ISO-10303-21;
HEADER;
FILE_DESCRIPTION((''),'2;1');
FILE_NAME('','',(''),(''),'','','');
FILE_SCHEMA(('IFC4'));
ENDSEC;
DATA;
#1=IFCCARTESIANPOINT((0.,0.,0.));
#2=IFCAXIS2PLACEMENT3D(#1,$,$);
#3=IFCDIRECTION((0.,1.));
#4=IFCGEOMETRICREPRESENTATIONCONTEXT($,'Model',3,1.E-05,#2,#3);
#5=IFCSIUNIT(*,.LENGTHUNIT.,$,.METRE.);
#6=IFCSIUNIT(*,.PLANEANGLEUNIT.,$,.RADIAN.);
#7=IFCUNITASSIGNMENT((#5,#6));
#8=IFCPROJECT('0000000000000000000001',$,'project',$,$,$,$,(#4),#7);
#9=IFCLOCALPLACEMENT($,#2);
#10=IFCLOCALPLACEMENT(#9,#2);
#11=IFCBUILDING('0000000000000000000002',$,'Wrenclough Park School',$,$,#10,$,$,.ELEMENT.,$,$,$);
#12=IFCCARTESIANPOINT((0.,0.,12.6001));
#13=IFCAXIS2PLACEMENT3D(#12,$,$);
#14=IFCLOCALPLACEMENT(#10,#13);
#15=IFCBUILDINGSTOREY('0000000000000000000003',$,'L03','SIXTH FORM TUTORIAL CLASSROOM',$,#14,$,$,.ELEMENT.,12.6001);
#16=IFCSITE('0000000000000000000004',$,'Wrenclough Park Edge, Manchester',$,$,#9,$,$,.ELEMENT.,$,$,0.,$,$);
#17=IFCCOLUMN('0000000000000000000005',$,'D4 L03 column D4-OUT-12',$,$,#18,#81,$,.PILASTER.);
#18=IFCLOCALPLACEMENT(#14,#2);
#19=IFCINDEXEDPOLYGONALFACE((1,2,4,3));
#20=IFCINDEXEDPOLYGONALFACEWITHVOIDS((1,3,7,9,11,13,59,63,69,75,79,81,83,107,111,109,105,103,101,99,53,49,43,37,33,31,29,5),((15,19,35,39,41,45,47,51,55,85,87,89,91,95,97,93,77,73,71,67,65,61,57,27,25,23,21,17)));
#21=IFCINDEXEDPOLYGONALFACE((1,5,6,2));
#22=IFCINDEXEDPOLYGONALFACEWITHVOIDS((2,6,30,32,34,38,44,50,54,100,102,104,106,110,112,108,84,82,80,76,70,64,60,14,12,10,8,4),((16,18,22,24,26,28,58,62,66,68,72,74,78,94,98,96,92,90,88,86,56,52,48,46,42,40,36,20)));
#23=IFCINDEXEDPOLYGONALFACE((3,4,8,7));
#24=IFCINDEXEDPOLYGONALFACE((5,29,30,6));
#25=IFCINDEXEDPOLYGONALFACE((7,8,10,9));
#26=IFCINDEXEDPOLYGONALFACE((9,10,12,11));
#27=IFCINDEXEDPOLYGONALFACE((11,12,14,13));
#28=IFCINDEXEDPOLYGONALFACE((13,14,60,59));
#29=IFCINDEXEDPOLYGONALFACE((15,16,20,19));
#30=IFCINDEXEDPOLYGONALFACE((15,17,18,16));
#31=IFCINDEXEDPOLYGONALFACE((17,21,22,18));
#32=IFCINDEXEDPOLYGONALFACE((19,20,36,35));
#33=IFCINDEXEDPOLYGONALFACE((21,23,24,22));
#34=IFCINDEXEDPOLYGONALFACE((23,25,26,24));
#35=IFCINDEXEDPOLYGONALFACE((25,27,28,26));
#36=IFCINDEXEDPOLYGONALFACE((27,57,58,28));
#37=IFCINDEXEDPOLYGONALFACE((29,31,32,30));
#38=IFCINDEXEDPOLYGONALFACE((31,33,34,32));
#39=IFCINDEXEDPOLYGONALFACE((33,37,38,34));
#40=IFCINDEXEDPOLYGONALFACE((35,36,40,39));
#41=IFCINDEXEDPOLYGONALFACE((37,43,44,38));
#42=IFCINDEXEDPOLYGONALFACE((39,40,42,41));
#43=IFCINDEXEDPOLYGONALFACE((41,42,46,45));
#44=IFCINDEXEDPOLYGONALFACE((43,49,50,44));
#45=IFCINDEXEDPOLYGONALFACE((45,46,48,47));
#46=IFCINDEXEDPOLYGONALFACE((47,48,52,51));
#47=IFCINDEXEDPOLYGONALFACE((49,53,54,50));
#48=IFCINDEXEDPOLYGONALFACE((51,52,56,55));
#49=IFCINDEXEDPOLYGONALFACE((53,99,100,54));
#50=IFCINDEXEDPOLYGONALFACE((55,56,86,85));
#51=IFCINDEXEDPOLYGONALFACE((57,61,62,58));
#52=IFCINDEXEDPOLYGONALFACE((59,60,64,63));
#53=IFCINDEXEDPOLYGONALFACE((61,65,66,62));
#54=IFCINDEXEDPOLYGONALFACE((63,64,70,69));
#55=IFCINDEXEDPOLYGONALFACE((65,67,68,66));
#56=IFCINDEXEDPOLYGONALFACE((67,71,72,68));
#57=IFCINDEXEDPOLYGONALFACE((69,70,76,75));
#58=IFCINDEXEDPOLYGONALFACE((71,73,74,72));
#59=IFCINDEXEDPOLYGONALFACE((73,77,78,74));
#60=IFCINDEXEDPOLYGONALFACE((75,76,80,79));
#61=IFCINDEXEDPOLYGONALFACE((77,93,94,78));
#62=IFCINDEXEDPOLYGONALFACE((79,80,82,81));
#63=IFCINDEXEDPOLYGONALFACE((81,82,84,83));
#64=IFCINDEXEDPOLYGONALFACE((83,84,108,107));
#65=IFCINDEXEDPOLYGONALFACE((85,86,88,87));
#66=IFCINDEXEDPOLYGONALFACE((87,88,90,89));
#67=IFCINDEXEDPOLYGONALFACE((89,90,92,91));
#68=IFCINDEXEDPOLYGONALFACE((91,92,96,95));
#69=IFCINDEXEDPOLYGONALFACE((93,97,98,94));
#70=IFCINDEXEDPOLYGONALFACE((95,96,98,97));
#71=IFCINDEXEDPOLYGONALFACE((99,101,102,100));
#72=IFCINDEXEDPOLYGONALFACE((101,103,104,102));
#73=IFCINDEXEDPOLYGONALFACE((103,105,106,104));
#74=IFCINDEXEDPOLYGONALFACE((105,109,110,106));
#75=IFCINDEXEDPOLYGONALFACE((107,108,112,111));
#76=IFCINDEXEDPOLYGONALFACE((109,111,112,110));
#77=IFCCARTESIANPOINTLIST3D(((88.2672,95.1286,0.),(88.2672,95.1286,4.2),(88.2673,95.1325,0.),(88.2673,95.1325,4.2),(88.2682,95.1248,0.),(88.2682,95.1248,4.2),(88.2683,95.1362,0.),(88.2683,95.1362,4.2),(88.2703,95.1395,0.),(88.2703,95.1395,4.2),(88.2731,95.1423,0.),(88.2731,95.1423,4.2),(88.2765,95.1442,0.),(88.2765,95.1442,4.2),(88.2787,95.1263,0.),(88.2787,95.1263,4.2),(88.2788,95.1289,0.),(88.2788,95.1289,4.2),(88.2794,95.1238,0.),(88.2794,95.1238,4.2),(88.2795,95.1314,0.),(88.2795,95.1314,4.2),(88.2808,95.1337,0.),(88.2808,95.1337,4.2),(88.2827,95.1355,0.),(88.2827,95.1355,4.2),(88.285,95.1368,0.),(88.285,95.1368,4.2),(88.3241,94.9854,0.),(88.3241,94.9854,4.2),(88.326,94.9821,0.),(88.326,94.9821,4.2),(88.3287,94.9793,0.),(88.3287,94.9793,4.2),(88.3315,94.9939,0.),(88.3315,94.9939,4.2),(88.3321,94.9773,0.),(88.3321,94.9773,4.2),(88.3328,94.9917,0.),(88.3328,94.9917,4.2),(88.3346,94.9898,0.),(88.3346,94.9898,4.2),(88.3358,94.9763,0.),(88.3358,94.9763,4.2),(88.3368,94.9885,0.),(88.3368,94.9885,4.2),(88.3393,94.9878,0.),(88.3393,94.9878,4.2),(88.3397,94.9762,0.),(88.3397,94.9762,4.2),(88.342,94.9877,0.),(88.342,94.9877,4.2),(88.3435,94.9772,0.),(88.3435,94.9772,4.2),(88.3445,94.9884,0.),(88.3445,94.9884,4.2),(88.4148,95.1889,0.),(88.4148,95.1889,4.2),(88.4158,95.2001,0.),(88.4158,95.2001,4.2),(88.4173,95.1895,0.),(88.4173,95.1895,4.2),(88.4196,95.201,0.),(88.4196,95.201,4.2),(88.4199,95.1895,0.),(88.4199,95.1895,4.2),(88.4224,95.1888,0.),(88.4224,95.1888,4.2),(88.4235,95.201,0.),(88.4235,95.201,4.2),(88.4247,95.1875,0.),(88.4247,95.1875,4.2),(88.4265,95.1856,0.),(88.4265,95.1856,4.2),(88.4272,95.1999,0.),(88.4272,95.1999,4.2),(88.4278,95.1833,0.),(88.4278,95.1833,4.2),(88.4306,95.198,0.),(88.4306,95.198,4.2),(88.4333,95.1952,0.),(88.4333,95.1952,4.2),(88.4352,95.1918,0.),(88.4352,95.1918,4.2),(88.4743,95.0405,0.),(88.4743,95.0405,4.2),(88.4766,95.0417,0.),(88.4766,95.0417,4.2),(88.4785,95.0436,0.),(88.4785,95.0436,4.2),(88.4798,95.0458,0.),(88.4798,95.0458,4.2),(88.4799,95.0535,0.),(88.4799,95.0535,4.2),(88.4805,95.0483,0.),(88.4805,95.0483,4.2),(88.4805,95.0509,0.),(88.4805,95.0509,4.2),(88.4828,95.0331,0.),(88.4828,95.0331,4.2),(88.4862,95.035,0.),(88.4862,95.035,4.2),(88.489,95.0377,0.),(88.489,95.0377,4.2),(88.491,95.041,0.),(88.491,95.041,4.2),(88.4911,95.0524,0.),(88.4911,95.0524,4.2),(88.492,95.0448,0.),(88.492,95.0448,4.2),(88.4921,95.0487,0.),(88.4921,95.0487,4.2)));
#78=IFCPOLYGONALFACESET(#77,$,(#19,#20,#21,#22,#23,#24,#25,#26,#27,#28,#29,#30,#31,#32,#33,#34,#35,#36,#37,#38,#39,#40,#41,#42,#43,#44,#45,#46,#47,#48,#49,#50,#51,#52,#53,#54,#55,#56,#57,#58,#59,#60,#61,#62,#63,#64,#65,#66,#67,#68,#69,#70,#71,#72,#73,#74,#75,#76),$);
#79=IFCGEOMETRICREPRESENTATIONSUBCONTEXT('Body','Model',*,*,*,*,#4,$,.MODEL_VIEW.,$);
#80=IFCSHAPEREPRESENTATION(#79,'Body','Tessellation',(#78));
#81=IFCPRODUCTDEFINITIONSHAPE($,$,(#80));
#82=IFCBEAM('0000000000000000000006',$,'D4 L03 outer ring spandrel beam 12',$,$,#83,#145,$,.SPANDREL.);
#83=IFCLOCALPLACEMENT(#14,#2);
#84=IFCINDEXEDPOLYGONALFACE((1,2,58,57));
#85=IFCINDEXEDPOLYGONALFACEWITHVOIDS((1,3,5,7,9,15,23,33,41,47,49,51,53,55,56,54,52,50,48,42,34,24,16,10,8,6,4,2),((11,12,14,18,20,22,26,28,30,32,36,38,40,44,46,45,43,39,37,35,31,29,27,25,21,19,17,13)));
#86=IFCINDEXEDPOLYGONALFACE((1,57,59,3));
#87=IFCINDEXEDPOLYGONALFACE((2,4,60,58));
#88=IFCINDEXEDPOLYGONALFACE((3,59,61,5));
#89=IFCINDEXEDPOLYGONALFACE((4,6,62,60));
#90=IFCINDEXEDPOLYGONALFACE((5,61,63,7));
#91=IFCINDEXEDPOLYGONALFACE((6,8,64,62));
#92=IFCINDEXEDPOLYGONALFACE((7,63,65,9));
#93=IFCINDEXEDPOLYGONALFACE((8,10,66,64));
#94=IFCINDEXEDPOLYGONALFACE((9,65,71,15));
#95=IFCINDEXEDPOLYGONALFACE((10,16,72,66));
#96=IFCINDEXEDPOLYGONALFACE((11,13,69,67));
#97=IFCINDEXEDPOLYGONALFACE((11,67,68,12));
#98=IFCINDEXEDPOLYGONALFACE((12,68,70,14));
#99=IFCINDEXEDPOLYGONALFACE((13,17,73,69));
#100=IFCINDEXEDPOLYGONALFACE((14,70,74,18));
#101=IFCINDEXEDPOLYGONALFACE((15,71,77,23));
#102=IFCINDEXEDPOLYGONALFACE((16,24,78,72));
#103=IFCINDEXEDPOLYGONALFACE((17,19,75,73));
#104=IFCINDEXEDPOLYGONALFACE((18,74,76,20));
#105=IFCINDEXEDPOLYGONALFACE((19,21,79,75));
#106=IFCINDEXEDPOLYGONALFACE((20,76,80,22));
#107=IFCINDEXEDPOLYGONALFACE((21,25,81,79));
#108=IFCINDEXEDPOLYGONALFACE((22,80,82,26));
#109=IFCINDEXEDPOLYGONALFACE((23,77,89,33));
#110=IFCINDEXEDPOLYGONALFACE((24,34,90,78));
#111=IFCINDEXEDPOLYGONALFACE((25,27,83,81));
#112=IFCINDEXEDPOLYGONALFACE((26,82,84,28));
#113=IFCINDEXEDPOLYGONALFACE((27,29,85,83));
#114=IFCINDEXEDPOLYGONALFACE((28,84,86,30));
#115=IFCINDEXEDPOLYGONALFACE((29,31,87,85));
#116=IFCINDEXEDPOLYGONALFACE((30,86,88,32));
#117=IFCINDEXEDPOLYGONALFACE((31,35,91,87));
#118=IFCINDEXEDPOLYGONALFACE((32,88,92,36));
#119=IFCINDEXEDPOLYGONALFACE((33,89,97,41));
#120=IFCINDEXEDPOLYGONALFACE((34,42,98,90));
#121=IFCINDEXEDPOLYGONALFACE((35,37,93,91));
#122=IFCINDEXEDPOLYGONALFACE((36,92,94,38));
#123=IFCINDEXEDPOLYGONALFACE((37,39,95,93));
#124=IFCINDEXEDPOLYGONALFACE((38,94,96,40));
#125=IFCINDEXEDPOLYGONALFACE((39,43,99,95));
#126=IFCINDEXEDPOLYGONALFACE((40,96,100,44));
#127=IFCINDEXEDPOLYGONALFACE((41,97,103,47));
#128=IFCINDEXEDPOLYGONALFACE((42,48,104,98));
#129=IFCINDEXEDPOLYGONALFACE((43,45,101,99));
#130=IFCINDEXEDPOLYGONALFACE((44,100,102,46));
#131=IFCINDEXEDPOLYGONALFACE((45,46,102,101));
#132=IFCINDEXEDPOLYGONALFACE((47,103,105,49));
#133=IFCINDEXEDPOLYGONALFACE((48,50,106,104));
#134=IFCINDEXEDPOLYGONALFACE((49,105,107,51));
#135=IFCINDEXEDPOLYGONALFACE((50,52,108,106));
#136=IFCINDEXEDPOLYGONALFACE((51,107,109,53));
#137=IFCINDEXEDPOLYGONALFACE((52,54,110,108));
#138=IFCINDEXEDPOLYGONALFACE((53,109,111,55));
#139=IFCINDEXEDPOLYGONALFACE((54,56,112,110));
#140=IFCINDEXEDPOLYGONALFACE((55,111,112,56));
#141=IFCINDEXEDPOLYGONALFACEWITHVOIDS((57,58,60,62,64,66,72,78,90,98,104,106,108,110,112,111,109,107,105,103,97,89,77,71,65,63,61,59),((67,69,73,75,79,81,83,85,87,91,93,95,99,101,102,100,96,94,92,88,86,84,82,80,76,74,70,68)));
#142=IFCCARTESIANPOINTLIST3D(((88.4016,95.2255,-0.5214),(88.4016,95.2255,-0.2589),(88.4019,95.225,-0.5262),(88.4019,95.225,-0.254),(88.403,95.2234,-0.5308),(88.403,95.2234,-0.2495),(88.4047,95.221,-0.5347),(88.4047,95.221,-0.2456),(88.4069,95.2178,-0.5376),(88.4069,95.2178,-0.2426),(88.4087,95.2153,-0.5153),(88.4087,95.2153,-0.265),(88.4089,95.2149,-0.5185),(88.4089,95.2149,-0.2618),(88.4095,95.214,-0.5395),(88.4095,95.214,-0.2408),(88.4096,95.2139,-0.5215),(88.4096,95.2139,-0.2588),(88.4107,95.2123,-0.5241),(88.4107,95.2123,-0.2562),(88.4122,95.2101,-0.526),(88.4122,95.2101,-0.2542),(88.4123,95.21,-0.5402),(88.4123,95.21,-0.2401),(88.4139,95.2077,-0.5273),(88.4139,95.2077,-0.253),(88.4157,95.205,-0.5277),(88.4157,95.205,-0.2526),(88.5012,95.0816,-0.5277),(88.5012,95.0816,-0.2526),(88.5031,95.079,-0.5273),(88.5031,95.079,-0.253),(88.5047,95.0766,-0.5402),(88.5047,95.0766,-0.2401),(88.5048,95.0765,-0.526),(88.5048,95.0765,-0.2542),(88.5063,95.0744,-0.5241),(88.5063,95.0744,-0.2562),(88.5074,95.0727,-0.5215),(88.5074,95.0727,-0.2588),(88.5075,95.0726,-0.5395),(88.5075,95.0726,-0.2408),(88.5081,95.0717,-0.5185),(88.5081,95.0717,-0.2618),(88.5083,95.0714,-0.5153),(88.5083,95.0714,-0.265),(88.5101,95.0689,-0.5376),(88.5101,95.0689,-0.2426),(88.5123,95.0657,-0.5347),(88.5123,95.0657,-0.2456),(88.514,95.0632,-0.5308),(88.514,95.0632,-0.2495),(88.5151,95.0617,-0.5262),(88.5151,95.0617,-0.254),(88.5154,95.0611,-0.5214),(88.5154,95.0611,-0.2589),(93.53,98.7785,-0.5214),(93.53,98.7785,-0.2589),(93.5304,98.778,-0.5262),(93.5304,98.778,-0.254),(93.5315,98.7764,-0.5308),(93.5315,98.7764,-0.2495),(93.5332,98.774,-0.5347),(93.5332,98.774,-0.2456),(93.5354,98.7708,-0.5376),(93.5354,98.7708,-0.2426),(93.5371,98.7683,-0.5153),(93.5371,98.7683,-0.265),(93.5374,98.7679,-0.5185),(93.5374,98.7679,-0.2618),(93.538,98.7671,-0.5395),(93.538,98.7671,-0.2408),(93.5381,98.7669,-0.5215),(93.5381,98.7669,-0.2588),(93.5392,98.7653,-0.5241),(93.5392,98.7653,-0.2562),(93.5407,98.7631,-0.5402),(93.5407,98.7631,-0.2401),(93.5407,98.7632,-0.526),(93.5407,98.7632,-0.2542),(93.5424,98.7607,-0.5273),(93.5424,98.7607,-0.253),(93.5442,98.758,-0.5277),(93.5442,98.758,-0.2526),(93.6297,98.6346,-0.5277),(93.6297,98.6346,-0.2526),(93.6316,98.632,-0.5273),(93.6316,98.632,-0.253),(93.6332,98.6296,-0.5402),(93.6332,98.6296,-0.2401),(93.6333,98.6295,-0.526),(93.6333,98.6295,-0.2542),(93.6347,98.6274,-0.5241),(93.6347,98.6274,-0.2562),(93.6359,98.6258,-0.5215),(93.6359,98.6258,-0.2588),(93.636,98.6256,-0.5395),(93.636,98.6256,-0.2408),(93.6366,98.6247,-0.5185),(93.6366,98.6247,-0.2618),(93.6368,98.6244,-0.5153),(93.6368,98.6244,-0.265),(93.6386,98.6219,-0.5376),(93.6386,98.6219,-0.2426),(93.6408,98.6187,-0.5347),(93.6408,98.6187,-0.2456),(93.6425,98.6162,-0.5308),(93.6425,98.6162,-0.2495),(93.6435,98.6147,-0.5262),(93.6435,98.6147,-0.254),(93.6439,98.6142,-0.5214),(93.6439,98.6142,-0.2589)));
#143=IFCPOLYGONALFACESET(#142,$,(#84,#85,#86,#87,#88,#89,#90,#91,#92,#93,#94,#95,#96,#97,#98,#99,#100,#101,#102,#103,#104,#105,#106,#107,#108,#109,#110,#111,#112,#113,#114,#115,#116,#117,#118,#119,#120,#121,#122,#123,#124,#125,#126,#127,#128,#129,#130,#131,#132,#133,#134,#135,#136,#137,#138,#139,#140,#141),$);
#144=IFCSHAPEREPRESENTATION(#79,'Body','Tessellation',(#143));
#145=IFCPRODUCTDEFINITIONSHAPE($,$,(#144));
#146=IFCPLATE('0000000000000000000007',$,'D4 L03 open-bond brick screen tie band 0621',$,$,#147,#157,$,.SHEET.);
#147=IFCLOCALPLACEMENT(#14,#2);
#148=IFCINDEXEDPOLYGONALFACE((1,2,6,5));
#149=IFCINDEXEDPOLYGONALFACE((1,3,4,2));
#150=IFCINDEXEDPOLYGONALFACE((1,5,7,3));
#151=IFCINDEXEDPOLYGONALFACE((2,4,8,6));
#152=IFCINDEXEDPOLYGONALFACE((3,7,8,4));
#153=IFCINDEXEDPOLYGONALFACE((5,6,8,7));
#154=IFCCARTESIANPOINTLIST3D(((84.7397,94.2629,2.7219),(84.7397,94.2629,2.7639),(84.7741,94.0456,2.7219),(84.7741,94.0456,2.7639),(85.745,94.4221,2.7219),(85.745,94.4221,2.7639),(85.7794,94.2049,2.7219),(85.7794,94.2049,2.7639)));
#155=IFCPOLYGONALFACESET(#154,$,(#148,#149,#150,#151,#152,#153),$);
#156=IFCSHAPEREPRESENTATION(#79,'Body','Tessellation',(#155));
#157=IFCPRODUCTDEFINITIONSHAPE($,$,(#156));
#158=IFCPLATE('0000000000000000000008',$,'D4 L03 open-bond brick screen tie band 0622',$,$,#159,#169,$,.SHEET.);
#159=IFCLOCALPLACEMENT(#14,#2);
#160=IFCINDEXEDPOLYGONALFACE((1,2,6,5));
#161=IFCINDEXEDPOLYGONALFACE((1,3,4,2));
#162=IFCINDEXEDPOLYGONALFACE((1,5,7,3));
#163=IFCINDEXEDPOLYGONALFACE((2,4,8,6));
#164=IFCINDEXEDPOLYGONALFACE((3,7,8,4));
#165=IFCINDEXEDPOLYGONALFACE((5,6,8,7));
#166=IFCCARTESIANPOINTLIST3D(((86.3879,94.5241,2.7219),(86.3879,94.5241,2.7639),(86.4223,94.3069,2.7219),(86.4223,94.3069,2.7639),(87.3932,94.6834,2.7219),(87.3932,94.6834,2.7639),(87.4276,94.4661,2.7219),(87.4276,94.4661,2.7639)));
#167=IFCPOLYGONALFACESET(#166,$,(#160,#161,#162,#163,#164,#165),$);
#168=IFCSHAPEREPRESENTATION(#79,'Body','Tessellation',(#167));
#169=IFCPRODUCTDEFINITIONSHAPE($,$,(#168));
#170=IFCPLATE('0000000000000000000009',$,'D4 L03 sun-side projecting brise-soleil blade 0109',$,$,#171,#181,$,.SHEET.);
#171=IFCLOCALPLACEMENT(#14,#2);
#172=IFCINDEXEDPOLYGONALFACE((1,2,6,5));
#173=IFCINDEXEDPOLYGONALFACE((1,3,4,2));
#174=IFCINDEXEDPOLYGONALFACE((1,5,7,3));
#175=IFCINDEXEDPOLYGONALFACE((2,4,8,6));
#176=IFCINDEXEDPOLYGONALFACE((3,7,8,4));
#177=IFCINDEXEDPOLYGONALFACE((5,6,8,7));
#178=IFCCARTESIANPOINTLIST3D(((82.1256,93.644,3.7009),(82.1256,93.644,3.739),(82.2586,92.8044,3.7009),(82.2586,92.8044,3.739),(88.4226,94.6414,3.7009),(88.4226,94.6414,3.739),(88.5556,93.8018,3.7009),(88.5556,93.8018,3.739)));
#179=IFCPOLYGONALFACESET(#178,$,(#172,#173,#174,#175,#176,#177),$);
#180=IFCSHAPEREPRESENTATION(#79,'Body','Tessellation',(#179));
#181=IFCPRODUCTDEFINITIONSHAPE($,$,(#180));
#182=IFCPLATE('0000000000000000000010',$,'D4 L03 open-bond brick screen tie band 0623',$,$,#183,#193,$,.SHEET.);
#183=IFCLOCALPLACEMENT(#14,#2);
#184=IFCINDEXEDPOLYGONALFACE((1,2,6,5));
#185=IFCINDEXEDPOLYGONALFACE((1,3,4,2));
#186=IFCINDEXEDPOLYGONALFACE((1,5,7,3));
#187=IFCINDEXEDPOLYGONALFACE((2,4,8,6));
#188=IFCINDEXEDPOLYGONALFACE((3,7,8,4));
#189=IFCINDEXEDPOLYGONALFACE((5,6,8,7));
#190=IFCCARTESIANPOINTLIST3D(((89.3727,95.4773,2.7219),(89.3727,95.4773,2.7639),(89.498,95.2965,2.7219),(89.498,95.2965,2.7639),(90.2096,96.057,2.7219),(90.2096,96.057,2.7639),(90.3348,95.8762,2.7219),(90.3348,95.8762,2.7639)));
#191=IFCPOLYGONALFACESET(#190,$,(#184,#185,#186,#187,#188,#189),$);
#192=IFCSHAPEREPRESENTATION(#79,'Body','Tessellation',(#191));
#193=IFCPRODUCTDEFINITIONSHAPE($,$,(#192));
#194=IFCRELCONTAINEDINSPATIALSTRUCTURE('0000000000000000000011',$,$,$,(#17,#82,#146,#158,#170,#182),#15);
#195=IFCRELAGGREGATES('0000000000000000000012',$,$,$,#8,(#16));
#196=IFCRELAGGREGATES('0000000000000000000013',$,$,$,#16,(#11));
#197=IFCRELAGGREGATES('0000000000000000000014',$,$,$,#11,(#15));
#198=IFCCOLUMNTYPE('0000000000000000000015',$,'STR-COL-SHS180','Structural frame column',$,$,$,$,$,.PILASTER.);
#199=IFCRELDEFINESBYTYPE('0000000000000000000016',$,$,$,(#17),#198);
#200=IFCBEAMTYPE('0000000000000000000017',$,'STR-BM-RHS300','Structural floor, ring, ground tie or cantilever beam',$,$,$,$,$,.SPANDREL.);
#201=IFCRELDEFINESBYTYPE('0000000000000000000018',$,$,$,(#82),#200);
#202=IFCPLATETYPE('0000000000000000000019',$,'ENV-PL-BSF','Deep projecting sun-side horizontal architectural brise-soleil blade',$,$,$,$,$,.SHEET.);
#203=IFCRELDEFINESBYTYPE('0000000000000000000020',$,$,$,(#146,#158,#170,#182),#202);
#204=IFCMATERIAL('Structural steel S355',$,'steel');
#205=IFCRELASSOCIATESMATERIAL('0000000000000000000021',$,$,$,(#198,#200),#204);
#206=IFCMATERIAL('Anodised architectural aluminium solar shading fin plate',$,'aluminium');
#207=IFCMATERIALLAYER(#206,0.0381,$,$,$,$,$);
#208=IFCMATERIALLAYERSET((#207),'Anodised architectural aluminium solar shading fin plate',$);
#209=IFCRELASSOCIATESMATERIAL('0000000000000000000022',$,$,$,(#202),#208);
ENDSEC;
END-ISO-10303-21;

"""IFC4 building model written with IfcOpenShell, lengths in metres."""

from ifc_helpers import new_model, si_unit, direction, frame, origin, origin_2d, place, context, subcontext, project, spatial, rectangle, hollow_rectangle, extrude, material, layer, layer_set, material_profile, profile_set, type_object, element, save


model = new_model("IFC4")

# Units and contexts
model_context = context("Model", 3, precision=1e-05, world=origin(), true_north=direction((0.0, 1.0)))
body_context = subcontext(model_context, "Body", "Model", "MODEL_VIEW")
ifc_project = project(units=[si_unit("LENGTHUNIT", "METRE"), si_unit("PLANEANGLEUNIT", "RADIAN")], contexts=[model_context])

# Site, building, storey
site_placement = place(None, origin())
site = spatial("IfcSite", under=ifc_project, at=site_placement, Name="Wrenclough Park Edge, Manchester", CompositionType="ELEMENT", RefElevation=0.0)
building_placement = place(site_placement, origin())
building = spatial("IfcBuilding", under=site, at=building_placement, Name="Wrenclough Park School", CompositionType="ELEMENT")
storey_placement = place(building_placement, frame((0.0, 0.0, 12.6001)))
storey = spatial("IfcBuildingStorey", under=building, at=storey_placement, Name="L03", Description="SIXTH FORM TUTORIAL CLASSROOM", CompositionType="ELEMENT", Elevation=12.6001)

# Column
ifc_material_1 = material(Name="Structural steel S355", Category="steel")
ifc_material_profile_1 = material_profile(ifc_material_1, hollow_rectangle(XDim=0.1799, YDim=0.1799, WallThickness=0.01, InnerFilletRadius=0.01, OuterFilletRadius=0.0149, at=origin_2d()), Name="SHS 180x180x10.0")
ifc_profile_set_1 = profile_set([ifc_material_profile_1], Name="Structural steel S355")
column_type = type_object("IfcColumnType", Name="STR-COL-SHS180", Description="Structural frame column", PredefinedType="PILASTER", material=ifc_profile_set_1)
column_placement = place(storey_placement, frame((88.3796, 95.0886, 0.0), z_axis=(0.0, 0.0, 1.0), x_axis=(0.928096, 0.37234, 0.0)))
element("IfcColumn", 1, at=column_placement, inside=storey, type_object=column_type, Name="D4 L03 column D4-OUT-12", PredefinedType="PILASTER", context=body_context, shape_type="SweptSolid", body=[
    extrude(hollow_rectangle(XDim=0.1799, YDim=0.1799, WallThickness=0.01, InnerFilletRadius=0.01, OuterFilletRadius=0.0149, at=origin_2d()), origin(), (0.0, 0.0, 1.0), 4.2),
])

# Beam
ifc_material_profile_2 = material_profile(ifc_material_1, hollow_rectangle(XDim=0.2, YDim=0.3, WallThickness=0.0125, InnerFilletRadius=0.0125, OuterFilletRadius=0.0188, at=origin_2d()), Name="RHS 300x200x12.5")
ifc_profile_set_2 = profile_set([ifc_material_profile_2], Name="Structural steel S355")
beam_type = type_object("IfcBeamType", Name="STR-BM-RHS300", Description="Structural floor, ring, ground tie or cantilever beam", PredefinedType="SPANDREL", material=ifc_profile_set_2)
beam_placement = place(storey_placement, frame((88.4585, 95.1433, -0.3901), z_axis=(0.822002, 0.569485, 0.0), x_axis=(-0.569485, 0.822002, 0.0)))
element("IfcBeam", 2, at=beam_placement, inside=storey, type_object=beam_type, Name="D4 L03 outer ring spandrel beam 12", PredefinedType="SPANDREL", context=body_context, shape_type="SweptSolid", body=[
    extrude(hollow_rectangle(XDim=0.2, YDim=0.3, WallThickness=0.0125, InnerFilletRadius=0.0125, OuterFilletRadius=0.0188, at=origin_2d()), origin(), (0.0, 0.0, 1.0), 6.239),
])

# Plates
ifc_material_2 = material(Name="Anodised architectural aluminium solar shading fin plate", Category="aluminium")
ifc_layer_1 = layer(ifc_material_2, 0.0381)
ifc_layer_set_1 = layer_set([ifc_layer_1], Name="Anodised architectural aluminium solar shading fin plate")
plate_type = type_object("IfcPlateType", Name="ENV-PL-BSF", Description="Deep projecting sun-side horizontal architectural brise-soleil blade", PredefinedType="SHEET", material=ifc_layer_set_1)
for number, where, z_axis, x_axis, name in (
    (3, (85.2595, 94.2339, 2.7219), (0.0, 0.0, 1.0), (0.987688, 0.156436, 0.0), "D4 L03 open-bond brick screen tie band 0621"),
    (4, (86.9077, 94.4951, 2.7219), (0.0, 0.0, 1.0), (0.987688, 0.156436, 0.0), "D4 L03 open-bond brick screen tie band 0622"),
):
    element("IfcPlate", number, at=place(storey_placement, frame(where, z_axis=z_axis, x_axis=x_axis)), inside=storey, type_object=plate_type, Name=name, PredefinedType="SHEET", context=body_context, shape_type="SweptSolid", body=[
        extrude(rectangle(XDim=1.0178, YDim=0.22, at=origin_2d()), origin(), (0.0, 0.0, 1.0), 0.042),
    ])
plate_1_placement = place(storey_placement, frame((85.3406, 93.7229, 3.7009), z_axis=(0.0, 0.0, 1.0), x_axis=(0.987688, 0.156436, 0.0)))
element("IfcPlate", 5, at=plate_1_placement, inside=storey, type_object=plate_type, Name="D4 L03 sun-side projecting brise-soleil blade 0109", PredefinedType="SHEET", context=body_context, shape_type="SweptSolid", body=[
    extrude(rectangle(XDim=6.3755, YDim=0.8501, at=origin_2d()), origin(), (0.0, 0.0, 1.0), 0.0381),
])
plate_2_placement = place(storey_placement, frame((89.8538, 95.6768, 2.7219), z_axis=(0.0, 0.0, 1.0), x_axis=(0.822008, 0.569476, 0.0)))
element("IfcPlate", 6, at=plate_2_placement, inside=storey, type_object=plate_type, Name="D4 L03 open-bond brick screen tie band 0623", PredefinedType="SHEET", context=body_context, shape_type="SweptSolid", body=[
    extrude(rectangle(XDim=1.0181, YDim=0.22, at=origin_2d()), origin(), (0.0, 0.0, 1.0), 0.042),
])

save(model, "model.ifc")
